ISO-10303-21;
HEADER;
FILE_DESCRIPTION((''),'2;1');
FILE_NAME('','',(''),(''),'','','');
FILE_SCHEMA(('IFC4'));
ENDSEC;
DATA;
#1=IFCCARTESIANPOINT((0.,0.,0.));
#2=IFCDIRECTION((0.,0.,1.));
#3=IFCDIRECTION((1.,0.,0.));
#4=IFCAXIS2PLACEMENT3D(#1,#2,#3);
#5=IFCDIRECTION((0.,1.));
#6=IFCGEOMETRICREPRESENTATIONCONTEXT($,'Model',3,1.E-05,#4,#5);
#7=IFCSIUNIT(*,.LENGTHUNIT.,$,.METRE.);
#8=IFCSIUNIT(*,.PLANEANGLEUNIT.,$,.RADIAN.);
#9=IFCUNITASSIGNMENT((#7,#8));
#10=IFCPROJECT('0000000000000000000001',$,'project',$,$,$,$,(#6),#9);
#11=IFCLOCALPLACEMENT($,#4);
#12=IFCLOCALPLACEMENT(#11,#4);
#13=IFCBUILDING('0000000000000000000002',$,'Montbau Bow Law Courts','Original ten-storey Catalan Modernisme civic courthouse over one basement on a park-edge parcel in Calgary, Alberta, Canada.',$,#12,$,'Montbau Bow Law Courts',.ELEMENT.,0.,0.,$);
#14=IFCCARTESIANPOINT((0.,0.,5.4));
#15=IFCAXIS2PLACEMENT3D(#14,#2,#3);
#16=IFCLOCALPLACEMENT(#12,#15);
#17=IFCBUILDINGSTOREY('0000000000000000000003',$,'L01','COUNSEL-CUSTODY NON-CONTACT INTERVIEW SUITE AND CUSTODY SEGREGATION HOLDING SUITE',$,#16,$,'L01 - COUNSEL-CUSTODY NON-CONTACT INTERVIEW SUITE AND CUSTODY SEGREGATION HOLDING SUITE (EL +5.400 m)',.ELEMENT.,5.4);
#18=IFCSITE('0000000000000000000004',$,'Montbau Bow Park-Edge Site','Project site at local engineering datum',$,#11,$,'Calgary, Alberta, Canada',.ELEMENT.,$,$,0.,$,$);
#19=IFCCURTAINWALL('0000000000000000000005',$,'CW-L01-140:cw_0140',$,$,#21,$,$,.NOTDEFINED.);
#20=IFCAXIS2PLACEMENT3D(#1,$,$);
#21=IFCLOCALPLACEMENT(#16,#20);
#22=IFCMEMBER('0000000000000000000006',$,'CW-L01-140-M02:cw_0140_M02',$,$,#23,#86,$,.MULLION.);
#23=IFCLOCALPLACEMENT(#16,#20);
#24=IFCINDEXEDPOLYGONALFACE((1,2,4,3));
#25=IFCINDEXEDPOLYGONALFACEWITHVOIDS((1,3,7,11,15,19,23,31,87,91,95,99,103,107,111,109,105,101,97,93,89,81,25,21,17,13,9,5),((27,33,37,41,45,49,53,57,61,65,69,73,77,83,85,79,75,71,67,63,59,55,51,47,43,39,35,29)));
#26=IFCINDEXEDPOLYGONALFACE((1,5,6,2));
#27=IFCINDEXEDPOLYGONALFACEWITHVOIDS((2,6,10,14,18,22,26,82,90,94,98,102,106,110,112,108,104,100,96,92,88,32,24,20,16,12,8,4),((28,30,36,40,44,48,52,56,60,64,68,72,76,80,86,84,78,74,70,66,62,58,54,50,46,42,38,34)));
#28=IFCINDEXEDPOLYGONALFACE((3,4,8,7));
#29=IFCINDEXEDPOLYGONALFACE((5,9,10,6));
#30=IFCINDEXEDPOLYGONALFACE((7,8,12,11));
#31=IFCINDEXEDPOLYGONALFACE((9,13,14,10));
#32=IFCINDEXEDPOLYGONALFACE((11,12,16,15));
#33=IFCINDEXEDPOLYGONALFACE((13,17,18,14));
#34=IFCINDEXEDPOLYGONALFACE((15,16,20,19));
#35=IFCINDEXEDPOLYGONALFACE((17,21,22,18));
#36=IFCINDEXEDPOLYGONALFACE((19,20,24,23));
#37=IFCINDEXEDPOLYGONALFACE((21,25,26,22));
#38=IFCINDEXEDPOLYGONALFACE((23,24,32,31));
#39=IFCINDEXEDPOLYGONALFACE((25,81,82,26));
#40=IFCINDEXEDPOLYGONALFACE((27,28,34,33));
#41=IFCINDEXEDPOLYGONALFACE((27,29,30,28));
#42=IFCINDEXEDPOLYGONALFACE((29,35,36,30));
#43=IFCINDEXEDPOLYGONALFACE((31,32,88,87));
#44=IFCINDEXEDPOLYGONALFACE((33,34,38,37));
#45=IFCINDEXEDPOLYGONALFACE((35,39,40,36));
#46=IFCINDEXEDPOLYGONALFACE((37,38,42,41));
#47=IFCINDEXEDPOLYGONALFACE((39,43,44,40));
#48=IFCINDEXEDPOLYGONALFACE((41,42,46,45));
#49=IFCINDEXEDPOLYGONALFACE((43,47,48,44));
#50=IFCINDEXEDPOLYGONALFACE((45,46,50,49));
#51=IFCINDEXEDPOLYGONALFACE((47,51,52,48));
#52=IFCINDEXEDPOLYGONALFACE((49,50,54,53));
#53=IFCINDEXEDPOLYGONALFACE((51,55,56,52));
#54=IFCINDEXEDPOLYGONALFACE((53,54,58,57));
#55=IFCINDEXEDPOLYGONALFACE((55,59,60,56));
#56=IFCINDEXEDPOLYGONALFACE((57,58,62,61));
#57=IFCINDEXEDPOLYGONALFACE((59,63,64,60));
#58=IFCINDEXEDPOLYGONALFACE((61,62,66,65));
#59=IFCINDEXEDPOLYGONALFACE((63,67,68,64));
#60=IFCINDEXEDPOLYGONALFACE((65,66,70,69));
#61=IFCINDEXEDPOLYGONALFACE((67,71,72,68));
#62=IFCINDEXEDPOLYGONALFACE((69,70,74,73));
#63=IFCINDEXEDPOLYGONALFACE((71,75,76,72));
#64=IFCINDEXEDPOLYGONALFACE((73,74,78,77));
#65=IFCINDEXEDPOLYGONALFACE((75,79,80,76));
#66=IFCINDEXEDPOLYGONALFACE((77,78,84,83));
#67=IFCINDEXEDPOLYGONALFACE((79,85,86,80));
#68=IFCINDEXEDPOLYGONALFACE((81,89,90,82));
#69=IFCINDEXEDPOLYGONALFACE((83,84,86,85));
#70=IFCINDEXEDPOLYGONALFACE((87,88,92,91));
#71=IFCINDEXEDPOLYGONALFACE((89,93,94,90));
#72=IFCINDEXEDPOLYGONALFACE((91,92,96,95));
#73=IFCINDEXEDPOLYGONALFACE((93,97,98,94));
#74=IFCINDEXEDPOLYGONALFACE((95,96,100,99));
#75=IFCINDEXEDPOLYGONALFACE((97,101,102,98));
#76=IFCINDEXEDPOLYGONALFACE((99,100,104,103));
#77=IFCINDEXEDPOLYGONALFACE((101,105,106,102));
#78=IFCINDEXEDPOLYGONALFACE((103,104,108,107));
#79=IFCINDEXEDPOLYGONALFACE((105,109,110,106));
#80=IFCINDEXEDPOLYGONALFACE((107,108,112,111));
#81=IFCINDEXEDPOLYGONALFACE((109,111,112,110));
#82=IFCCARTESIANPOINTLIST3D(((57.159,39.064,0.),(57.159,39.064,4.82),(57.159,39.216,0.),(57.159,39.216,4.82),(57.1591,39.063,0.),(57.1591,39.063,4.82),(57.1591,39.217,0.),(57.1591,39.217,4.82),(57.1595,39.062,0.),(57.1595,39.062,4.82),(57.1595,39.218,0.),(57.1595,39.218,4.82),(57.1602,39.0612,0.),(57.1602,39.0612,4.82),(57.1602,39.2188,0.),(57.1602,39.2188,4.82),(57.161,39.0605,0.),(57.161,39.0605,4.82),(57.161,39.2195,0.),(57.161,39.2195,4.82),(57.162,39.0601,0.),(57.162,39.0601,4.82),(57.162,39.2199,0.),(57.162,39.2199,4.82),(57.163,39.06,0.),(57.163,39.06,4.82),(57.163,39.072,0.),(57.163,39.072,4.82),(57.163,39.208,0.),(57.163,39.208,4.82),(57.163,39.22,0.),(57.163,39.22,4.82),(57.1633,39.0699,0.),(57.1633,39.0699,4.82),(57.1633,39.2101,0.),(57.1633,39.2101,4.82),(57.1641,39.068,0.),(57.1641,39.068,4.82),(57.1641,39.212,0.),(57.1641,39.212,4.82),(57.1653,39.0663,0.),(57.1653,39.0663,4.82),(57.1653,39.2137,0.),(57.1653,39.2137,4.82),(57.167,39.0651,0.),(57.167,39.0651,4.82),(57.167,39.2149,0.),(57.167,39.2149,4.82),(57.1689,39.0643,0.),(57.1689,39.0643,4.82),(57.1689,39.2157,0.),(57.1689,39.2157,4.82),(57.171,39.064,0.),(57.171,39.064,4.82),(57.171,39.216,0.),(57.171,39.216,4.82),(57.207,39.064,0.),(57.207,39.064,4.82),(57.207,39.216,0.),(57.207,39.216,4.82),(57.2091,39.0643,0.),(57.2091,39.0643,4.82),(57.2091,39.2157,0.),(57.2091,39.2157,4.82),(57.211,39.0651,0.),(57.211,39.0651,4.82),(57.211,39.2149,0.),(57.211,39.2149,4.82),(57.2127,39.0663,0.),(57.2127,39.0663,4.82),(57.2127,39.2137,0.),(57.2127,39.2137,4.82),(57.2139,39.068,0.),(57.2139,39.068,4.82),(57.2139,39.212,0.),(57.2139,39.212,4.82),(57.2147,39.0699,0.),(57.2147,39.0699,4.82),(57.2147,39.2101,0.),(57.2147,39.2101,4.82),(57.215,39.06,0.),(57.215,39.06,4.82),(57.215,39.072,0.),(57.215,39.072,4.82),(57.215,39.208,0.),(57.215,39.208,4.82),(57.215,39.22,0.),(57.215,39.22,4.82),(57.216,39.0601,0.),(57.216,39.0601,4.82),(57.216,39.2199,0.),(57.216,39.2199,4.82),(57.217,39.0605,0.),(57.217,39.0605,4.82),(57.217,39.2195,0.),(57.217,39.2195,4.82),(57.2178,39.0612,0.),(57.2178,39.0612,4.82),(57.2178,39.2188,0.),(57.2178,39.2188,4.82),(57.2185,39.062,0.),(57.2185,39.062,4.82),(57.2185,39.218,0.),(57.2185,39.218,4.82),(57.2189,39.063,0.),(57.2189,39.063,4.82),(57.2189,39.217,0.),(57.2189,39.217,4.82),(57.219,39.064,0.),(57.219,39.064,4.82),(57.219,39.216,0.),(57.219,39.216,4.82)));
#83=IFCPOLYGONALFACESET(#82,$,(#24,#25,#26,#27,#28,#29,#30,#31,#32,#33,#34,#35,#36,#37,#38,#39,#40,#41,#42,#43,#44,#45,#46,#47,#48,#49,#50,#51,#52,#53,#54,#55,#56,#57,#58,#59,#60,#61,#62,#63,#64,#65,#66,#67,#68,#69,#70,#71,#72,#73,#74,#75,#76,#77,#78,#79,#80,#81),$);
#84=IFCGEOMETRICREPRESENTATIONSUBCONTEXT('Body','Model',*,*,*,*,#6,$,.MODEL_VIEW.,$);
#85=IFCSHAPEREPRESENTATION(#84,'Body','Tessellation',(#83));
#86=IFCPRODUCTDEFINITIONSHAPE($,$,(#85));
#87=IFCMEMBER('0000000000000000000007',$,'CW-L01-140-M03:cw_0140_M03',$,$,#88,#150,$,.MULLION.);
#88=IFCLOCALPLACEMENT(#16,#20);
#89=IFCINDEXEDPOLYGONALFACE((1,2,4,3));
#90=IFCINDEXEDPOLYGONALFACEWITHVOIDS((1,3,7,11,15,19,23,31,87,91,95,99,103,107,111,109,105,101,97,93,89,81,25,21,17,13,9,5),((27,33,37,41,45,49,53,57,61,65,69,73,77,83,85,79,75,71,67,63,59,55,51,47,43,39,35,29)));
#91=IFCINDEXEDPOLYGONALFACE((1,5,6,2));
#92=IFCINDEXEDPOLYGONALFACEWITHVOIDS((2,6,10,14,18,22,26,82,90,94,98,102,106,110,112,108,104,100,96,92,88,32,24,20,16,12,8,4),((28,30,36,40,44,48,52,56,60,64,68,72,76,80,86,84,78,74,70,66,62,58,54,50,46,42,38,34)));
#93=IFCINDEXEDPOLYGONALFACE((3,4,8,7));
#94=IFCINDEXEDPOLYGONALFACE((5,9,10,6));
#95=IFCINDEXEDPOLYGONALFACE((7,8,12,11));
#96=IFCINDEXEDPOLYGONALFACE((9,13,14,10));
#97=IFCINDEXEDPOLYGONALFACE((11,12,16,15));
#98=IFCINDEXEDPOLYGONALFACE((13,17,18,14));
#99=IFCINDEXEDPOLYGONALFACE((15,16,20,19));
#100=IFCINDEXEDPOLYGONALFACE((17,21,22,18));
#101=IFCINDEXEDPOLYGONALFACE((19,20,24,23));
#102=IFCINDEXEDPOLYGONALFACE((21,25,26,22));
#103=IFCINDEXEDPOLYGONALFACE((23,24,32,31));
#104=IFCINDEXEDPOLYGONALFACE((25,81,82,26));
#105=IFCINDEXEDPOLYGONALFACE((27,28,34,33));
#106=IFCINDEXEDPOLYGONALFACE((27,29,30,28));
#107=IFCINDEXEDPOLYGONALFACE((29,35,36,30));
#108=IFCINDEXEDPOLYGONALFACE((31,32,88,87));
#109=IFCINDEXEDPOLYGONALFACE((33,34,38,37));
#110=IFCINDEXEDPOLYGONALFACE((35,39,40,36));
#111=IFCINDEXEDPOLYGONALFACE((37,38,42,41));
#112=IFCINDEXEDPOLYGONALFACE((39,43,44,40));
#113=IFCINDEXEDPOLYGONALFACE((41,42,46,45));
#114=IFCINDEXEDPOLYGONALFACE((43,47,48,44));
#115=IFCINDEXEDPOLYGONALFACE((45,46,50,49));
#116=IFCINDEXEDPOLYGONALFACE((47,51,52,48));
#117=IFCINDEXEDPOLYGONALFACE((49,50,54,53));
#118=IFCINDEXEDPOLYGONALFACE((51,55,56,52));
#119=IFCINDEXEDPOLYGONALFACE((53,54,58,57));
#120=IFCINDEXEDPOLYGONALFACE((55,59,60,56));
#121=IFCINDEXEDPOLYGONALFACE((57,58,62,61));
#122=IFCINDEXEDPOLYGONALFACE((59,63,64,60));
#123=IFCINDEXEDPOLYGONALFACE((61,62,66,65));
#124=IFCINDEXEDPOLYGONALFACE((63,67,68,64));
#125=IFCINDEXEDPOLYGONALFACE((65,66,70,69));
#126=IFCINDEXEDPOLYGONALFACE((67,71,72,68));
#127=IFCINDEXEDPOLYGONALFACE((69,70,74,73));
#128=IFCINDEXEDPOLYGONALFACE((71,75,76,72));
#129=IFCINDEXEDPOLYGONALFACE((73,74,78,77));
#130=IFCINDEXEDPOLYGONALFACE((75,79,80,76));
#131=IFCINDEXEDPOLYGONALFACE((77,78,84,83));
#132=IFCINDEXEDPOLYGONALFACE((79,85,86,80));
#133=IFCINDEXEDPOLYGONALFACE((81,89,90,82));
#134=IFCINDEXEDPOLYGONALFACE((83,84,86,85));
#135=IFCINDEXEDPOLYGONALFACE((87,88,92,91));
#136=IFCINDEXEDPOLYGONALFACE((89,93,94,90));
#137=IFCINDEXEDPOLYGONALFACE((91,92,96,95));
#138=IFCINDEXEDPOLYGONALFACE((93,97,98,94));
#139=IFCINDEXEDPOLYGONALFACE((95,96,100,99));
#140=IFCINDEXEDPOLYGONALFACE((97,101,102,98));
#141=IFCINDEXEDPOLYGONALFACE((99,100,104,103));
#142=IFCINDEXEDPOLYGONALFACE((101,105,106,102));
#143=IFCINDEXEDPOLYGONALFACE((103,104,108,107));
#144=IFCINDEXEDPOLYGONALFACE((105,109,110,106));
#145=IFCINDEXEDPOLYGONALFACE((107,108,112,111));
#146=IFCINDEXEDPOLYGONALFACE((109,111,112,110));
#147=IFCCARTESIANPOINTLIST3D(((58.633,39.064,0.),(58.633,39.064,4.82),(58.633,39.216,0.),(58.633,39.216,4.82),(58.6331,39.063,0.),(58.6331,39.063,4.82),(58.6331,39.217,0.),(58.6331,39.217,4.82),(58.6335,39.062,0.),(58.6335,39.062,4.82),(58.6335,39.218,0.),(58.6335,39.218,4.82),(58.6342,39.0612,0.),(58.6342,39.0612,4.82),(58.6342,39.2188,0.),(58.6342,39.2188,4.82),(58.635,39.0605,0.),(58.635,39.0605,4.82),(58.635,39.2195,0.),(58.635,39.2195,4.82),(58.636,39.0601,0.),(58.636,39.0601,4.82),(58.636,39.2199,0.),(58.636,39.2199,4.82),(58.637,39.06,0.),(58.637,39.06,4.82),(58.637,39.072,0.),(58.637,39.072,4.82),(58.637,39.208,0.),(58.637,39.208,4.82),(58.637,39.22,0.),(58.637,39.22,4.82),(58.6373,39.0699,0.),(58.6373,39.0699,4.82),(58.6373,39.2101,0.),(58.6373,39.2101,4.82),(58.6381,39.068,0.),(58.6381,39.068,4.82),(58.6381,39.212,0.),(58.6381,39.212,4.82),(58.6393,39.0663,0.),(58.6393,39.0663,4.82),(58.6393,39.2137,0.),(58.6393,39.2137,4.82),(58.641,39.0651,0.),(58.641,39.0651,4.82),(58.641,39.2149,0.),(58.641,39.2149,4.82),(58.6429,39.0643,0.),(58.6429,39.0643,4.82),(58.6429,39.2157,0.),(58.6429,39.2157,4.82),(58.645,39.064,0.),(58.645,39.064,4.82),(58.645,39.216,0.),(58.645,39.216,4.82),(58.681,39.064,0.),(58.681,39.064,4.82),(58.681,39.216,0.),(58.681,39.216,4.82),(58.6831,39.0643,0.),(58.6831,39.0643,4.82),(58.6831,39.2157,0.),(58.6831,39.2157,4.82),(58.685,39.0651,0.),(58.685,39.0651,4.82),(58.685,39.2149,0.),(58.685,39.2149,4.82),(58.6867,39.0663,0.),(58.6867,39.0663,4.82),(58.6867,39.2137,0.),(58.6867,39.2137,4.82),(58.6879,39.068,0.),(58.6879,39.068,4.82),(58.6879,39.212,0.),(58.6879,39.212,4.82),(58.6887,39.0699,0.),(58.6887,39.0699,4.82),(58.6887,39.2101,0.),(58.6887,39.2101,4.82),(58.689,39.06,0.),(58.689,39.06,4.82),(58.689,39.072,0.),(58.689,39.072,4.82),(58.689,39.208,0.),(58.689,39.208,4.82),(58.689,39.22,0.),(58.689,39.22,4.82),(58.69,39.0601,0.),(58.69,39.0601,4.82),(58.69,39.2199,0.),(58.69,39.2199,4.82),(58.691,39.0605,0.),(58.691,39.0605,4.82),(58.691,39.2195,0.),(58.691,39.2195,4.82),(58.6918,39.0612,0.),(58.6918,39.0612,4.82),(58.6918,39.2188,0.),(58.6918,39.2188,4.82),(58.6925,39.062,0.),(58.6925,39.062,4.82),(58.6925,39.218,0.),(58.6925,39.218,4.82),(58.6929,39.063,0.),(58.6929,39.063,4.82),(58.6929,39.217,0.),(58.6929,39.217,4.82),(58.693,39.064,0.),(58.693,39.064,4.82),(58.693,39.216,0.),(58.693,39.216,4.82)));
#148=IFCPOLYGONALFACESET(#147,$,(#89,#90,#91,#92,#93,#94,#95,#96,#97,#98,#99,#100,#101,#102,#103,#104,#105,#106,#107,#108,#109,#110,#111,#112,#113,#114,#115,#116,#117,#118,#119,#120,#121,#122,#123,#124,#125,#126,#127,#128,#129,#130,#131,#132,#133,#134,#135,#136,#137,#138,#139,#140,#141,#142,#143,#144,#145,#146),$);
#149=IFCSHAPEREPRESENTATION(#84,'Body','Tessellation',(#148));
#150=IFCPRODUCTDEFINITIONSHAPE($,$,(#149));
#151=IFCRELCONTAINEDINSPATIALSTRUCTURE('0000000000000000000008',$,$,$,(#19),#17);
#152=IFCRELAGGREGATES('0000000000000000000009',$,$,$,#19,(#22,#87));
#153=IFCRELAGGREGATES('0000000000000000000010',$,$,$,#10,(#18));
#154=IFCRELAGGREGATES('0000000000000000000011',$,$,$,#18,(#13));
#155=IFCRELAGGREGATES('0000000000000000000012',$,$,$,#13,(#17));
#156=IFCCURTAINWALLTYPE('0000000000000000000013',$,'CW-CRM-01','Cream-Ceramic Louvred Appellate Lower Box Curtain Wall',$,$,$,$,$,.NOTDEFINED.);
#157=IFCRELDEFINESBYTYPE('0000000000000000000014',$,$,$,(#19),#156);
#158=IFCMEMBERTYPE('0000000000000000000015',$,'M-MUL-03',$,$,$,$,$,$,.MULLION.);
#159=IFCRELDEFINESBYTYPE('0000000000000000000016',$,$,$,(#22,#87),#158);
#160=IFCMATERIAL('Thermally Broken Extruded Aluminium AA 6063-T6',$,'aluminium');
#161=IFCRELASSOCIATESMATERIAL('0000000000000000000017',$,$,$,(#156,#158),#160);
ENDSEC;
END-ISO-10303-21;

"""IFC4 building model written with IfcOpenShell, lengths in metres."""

from ifc_helpers import new_model, si_unit, direction, frame, origin_with_axes, origin_2d_with_axis, place, context, subcontext, project, spatial, hollow_rectangle, extrude, material, material_profile, profile_set, type_object, element, aggregate, save


model = new_model("IFC4")

# Units and contexts
model_context = context("Model", 3, precision=1e-05, world=origin_with_axes(), true_north=direction((0.0, 1.0)))
body_context = subcontext(model_context, "Body", "Model", "MODEL_VIEW")
ifc_project = project(units=[si_unit("LENGTHUNIT", "METRE"), si_unit("PLANEANGLEUNIT", "RADIAN")], contexts=[model_context])

# Site, building, storey
site_placement = place(None, origin_with_axes())
site = spatial("IfcSite", under=ifc_project, at=site_placement, Name="Montbau Bow Park-Edge Site", Description="Project site at local engineering datum", LongName="Calgary, Alberta, Canada", CompositionType="ELEMENT", RefElevation=0.0)
building_placement = place(site_placement, origin_with_axes())
building = spatial("IfcBuilding", under=site, at=building_placement, Name="Montbau Bow Law Courts", Description="Original ten-storey Catalan Modernisme civic courthouse over one basement on a park-edge parcel in Calgary, Alberta, Canada.", LongName="Montbau Bow Law Courts", CompositionType="ELEMENT", ElevationOfRefHeight=0.0, ElevationOfTerrain=0.0)
storey_placement = place(building_placement, frame((0.0, 0.0, 5.4), z_axis=(0.0, 0.0, 1.0), x_axis=(1.0, 0.0, 0.0)))
storey = spatial("IfcBuildingStorey", under=building, at=storey_placement, Name="L01", Description="COUNSEL-CUSTODY NON-CONTACT INTERVIEW SUITE AND CUSTODY SEGREGATION HOLDING SUITE", LongName="L01 - COUNSEL-CUSTODY NON-CONTACT INTERVIEW SUITE AND CUSTODY SEGREGATION HOLDING SUITE (EL +5.400 m)", CompositionType="ELEMENT", Elevation=5.4)

# Shared definitions
ifc_material_1 = material(Name="Thermally Broken Extruded Aluminium AA 6063-T6", Category="aluminium")
curtain_wall_type = type_object("IfcCurtainWallType", Name="CW-CRM-01", Description="Cream-Ceramic Louvred Appellate Lower Box Curtain Wall", PredefinedType="NOTDEFINED", material=ifc_material_1)

# Curtain wall, members
curtain_wall_1_placement = place(None, frame((55.715, 39.14, 5.4), z_axis=(0.0, 0.0, 1.0), x_axis=(1.0, 0.0, 0.0)))
curtain_wall_1 = element("IfcCurtainWall", 1, at=curtain_wall_1_placement, inside=storey, type_object=curtain_wall_type, Name="CW-L01-140:cw_0140", PredefinedType="NOTDEFINED")
ifc_material_profile_1 = material_profile(ifc_material_1, hollow_rectangle(XDim=0.06, YDim=0.16, WallThickness=0.004, InnerFilletRadius=0.008, OuterFilletRadius=0.004, at=origin_2d_with_axis()), Name="CWM-160X60", Category="Main", Priority=0)
ifc_profile_set_1 = profile_set([ifc_material_profile_1], Name="Thermally Broken Extruded Aluminium AA 6063-T6")
member_type_1 = type_object("IfcMemberType", Name="M-MUL-03", PredefinedType="MULLION", material=ifc_profile_set_1)
member_1_placement = place(None, frame((57.189, 39.14, 5.4), z_axis=(0.0, 0.0, 1.0), x_axis=(1.0, 0.0, 0.0)))
member_1 = element("IfcMember", 2, at=member_1_placement, type_object=member_type_1, Name="CW-L01-140-M02:cw_0140_M02", PredefinedType="MULLION", context=body_context, shape_type="SweptSolid", body=[
    extrude(hollow_rectangle(XDim=0.06, YDim=0.16, WallThickness=0.004, InnerFilletRadius=0.008, OuterFilletRadius=0.004, at=origin_2d_with_axis()), origin_with_axes(), (0.0, 0.0, 1.0), 4.82),
])
member_2_placement = place(None, frame((58.663, 39.14, 5.4), z_axis=(0.0, 0.0, 1.0), x_axis=(1.0, 0.0, 0.0)))
member_2 = element("IfcMember", 3, at=member_2_placement, type_object=member_type_1, Name="CW-L01-140-M03:cw_0140_M03", PredefinedType="MULLION", context=body_context, shape_type="SweptSolid", body=[
    extrude(hollow_rectangle(XDim=0.06, YDim=0.16, WallThickness=0.004, InnerFilletRadius=0.008, OuterFilletRadius=0.004, at=origin_2d_with_axis()), origin_with_axes(), (0.0, 0.0, 1.0), 4.82),
])
aggregate(curtain_wall_1, [member_1, member_2])

save(model, "model.ifc")
